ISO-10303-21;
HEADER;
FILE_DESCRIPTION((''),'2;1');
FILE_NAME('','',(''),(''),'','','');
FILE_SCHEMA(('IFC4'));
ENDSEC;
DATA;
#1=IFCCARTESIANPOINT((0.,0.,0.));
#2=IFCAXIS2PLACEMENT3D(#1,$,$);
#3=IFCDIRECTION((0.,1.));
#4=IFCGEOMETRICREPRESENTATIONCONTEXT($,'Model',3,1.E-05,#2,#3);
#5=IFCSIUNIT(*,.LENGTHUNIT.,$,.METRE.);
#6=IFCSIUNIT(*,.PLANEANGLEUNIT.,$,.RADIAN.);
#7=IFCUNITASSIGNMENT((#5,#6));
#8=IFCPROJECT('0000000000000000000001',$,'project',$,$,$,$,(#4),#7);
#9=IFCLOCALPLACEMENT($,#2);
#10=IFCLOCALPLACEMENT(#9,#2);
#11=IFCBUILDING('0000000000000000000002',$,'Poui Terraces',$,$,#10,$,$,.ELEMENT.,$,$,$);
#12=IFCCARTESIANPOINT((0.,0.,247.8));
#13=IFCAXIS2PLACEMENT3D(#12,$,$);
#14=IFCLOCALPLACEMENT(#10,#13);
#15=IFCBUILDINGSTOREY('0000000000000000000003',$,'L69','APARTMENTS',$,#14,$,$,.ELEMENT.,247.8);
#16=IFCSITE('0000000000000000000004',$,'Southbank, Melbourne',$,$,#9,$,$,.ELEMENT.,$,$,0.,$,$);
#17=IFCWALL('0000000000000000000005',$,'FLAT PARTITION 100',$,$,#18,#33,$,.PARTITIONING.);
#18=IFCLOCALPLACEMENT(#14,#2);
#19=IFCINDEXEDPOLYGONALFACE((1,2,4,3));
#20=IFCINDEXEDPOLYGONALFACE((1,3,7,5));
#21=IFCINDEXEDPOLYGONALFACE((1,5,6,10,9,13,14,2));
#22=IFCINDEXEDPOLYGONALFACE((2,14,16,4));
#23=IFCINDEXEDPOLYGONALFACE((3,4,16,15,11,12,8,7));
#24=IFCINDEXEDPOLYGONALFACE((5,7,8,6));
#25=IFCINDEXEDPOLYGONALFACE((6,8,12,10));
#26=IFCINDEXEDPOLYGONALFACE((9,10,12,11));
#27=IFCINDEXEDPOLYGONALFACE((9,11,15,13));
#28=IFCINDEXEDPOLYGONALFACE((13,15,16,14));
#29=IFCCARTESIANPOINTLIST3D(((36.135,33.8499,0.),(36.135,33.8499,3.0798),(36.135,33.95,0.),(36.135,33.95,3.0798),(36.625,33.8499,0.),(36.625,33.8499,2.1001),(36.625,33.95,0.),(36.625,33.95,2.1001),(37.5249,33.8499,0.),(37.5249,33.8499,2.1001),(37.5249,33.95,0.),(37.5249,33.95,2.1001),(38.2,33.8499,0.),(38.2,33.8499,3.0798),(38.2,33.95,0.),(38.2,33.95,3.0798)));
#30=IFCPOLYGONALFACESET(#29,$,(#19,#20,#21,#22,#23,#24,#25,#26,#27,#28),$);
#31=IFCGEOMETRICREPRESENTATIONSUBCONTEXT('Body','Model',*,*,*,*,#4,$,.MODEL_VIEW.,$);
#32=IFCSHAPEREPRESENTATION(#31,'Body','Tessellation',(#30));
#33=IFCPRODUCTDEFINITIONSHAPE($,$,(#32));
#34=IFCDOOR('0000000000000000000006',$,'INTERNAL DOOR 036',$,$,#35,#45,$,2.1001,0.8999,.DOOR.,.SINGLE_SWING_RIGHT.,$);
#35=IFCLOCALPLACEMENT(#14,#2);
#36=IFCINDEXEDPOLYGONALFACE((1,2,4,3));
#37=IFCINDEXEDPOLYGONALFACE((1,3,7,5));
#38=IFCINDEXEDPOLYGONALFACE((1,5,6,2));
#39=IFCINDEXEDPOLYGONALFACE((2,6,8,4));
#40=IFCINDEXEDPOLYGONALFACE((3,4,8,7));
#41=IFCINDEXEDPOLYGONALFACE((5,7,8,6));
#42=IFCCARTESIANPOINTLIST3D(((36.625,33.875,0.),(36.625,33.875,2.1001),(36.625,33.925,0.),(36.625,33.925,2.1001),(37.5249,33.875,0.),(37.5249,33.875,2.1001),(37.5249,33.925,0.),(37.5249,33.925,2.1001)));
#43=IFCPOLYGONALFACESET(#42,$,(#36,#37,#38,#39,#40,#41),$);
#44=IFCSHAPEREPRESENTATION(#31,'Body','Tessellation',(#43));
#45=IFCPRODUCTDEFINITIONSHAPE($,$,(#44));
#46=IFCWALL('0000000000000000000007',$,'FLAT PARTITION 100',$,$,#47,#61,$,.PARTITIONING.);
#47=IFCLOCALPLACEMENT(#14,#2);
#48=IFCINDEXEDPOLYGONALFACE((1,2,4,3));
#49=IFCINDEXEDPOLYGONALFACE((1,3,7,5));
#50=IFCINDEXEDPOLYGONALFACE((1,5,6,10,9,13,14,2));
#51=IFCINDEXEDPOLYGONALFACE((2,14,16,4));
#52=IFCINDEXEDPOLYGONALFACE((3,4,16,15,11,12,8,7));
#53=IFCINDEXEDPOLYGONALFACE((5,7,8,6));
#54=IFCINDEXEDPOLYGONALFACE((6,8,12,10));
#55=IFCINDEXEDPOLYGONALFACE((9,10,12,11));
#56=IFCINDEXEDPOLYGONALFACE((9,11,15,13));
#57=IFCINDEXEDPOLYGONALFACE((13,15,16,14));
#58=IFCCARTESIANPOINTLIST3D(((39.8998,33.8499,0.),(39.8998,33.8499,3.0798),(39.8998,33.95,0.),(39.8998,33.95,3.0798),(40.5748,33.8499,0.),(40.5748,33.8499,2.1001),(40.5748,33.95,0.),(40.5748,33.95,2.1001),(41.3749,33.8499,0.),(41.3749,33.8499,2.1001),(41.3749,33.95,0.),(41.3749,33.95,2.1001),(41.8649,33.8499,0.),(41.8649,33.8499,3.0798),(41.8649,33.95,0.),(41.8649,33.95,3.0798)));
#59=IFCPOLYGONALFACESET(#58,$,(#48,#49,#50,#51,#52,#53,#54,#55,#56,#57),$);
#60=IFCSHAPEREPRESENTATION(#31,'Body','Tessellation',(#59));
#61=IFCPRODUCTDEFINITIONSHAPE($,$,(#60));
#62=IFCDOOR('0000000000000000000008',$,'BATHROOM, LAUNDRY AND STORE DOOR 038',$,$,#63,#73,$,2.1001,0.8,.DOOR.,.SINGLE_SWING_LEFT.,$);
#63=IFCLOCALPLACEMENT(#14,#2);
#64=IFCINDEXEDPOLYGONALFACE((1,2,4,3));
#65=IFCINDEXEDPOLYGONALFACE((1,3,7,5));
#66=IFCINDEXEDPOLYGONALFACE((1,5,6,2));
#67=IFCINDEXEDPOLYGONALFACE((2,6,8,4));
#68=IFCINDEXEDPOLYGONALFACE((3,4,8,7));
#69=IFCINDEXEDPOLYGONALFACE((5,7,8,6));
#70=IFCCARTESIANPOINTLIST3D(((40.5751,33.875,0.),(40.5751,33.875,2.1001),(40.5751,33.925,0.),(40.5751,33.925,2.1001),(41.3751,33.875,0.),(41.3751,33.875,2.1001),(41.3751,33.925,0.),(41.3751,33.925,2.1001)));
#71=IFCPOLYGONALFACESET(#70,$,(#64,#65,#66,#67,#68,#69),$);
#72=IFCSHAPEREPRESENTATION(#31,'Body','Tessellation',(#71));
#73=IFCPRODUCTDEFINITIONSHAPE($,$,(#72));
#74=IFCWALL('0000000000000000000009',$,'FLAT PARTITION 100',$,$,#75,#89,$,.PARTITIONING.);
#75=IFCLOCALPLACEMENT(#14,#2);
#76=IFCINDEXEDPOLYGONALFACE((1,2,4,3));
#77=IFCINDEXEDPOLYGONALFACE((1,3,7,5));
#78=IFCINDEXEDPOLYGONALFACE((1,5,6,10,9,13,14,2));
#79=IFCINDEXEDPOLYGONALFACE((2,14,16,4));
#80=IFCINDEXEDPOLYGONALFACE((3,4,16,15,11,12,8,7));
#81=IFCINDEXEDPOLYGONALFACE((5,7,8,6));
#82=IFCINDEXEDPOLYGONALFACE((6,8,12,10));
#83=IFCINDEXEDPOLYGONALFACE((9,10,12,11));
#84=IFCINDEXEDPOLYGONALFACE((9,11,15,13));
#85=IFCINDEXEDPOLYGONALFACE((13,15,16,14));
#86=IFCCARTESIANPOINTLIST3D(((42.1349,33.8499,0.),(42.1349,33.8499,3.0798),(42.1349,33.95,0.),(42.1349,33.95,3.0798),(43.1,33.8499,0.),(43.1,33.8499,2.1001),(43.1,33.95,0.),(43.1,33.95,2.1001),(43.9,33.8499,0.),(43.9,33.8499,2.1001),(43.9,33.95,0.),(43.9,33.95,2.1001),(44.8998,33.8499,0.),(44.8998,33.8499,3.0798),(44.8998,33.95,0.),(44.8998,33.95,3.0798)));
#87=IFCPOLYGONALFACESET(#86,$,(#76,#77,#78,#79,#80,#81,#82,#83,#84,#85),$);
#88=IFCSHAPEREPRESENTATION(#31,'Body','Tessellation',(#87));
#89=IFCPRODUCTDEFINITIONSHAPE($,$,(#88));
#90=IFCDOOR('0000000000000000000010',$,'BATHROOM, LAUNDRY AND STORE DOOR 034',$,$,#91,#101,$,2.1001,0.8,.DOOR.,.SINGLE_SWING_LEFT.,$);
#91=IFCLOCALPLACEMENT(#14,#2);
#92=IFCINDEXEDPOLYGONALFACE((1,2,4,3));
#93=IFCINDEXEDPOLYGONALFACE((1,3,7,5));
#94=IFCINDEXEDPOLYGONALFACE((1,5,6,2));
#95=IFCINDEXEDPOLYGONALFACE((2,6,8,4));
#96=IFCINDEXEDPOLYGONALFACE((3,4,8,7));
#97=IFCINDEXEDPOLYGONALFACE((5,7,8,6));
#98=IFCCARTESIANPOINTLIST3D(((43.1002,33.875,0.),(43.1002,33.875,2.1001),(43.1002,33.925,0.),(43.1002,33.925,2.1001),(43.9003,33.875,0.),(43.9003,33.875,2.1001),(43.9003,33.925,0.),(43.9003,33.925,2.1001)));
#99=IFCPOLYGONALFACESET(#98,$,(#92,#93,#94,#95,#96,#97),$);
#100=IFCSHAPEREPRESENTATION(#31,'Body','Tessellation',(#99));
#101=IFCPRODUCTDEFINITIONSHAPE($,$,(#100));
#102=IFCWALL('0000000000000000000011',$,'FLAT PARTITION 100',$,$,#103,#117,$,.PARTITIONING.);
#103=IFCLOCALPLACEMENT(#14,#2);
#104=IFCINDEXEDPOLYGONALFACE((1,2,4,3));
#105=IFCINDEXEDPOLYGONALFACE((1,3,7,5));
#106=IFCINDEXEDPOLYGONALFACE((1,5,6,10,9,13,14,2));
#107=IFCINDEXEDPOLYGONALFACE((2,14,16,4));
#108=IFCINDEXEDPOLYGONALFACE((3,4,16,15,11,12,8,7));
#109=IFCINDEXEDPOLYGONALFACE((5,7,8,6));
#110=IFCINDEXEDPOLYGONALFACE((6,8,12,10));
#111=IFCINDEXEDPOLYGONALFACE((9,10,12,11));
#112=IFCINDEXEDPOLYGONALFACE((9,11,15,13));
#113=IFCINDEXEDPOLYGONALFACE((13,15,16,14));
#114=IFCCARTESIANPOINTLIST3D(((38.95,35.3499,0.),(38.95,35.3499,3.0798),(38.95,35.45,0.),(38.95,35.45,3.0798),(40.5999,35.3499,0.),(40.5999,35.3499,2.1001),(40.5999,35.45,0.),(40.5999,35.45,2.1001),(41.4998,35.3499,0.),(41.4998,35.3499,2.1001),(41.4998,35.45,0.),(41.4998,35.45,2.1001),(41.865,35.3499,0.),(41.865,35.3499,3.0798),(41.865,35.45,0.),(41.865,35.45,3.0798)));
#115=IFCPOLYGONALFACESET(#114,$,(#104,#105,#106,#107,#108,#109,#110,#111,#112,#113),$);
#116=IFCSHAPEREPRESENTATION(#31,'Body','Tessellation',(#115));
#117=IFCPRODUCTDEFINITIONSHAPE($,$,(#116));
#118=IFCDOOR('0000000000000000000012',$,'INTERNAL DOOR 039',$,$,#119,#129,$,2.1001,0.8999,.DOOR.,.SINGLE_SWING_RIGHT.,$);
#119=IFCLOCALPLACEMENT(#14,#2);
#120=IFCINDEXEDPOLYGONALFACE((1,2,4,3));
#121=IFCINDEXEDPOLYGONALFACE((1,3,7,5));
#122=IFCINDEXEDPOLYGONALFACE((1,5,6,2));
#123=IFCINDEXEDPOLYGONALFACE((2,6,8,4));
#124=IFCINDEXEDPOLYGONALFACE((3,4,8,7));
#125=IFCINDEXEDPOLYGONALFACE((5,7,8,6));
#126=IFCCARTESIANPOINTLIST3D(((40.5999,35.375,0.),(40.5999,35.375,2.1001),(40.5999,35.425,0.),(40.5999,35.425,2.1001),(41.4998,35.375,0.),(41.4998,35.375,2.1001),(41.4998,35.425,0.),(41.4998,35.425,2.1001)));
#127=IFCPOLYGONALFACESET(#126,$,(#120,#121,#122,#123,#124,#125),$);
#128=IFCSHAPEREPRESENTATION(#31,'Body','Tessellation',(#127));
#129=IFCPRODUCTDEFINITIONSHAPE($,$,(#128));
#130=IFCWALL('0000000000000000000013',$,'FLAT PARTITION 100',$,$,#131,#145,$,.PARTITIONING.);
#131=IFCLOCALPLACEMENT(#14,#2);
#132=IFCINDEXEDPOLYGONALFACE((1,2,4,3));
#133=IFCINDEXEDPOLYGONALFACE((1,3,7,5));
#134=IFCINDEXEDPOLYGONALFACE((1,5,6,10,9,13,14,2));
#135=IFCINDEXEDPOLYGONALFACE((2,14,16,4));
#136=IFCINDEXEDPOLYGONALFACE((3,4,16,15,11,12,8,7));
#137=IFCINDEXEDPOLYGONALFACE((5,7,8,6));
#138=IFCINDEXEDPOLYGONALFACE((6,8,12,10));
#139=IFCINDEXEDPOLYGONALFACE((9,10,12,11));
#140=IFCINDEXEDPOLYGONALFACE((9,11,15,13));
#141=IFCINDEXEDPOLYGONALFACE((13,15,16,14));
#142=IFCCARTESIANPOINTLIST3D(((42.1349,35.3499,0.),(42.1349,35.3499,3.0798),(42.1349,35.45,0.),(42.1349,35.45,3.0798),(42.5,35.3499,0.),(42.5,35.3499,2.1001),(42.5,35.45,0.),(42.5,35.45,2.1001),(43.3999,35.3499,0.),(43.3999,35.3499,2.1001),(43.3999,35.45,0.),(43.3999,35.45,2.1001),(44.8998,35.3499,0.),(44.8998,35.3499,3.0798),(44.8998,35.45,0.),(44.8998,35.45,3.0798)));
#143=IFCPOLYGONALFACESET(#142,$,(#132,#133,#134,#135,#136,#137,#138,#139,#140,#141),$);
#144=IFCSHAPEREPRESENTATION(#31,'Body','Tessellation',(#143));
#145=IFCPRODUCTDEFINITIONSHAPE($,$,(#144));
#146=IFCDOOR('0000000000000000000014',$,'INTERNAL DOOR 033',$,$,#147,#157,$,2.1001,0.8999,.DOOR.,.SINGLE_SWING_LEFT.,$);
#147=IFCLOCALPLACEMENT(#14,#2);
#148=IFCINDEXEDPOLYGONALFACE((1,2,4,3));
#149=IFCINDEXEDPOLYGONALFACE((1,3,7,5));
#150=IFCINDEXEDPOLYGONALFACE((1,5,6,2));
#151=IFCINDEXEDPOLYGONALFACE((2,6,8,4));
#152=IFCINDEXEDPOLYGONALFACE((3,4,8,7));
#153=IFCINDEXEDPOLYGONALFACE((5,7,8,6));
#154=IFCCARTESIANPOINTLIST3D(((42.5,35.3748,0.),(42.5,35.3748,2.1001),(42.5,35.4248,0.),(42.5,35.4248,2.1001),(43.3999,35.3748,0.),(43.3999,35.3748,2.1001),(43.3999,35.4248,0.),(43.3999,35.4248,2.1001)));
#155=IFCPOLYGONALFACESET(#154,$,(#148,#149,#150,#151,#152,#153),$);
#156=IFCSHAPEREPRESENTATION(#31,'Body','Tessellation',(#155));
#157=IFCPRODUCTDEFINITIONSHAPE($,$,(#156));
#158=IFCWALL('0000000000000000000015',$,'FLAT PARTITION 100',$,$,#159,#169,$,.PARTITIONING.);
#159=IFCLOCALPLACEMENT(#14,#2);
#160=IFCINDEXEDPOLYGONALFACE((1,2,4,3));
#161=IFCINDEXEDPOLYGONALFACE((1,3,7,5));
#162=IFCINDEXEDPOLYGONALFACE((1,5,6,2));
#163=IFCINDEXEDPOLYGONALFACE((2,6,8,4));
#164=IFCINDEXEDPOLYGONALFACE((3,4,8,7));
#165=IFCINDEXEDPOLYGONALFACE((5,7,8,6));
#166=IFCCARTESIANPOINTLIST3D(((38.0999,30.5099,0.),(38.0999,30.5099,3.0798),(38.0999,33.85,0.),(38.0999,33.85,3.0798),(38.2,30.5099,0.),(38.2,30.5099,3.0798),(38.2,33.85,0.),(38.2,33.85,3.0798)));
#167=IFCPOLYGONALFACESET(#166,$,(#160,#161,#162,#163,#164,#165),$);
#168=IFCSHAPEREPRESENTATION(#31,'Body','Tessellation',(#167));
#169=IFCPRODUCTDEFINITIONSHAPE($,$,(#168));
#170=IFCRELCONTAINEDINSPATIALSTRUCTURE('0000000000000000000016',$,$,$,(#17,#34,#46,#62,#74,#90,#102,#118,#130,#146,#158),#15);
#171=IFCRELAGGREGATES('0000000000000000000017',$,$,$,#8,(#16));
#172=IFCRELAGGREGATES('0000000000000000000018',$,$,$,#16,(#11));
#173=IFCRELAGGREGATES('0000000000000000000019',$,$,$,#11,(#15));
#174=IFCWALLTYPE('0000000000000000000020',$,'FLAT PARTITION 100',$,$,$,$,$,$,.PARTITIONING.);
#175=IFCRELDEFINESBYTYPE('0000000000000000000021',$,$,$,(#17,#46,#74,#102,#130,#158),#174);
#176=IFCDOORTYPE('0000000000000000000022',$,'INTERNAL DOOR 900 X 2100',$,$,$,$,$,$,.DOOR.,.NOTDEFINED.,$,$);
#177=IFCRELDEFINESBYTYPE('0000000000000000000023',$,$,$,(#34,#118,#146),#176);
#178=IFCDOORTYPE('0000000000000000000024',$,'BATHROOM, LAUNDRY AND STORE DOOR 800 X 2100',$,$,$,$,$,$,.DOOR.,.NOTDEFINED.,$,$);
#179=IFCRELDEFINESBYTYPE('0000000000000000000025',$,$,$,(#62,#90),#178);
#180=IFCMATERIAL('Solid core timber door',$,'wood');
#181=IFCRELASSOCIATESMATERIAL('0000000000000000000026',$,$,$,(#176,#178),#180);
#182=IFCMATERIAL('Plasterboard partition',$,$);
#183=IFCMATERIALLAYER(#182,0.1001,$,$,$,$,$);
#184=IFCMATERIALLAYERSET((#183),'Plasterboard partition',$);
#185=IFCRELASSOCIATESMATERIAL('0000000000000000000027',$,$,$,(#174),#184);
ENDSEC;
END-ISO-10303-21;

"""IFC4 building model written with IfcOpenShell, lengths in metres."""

from ifc_helpers import new_model, si_unit, direction, frame, frame_2d, origin, place, context, subcontext, project, spatial, rectangle, extrude, material, layer, layer_set, type_object, element, fill, save


model = new_model("IFC4")

# Units and contexts
model_context = context("Model", 3, precision=1e-05, world=origin(), true_north=direction((0.0, 1.0)))
body_context = subcontext(model_context, "Body", "Model", "MODEL_VIEW")
ifc_project = project(units=[si_unit("LENGTHUNIT", "METRE"), si_unit("PLANEANGLEUNIT", "RADIAN")], contexts=[model_context])

# Site, building, storey
site_placement = place(None, origin())
site = spatial("IfcSite", under=ifc_project, at=site_placement, Name="Southbank, Melbourne", CompositionType="ELEMENT", RefElevation=0.0)
building_placement = place(site_placement, origin())
building = spatial("IfcBuilding", under=site, at=building_placement, Name="Poui Terraces", CompositionType="ELEMENT")
storey_placement = place(building_placement, frame((0.0, 0.0, 247.8)))
storey = spatial("IfcBuildingStorey", under=building, at=storey_placement, Name="L69", Description="APARTMENTS", CompositionType="ELEMENT", Elevation=247.8)

# Shared definitions
ifc_material_1 = material(Name="Solid core timber door", Category="wood")
door_type_1 = type_object("IfcDoorType", Name="INTERNAL DOOR 900 X 2100", OperationType="NOTDEFINED", PredefinedType="DOOR", material=ifc_material_1)
ifc_material_2 = material(Name="Plasterboard partition")
ifc_layer_1 = layer(ifc_material_2, 0.1001)
ifc_layer_set_1 = layer_set([ifc_layer_1], Name="Plasterboard partition")
wall_type_1 = type_object("IfcWallType", Name="FLAT PARTITION 100", PredefinedType="PARTITIONING", material=ifc_layer_set_1)
door_type_2 = type_object("IfcDoorType", Name="BATHROOM, LAUNDRY AND STORE DOOR 800 X 2100", OperationType="NOTDEFINED", PredefinedType="DOOR", material=ifc_material_1)

# Walls, openings, doors
wall_1_placement = place(storey_placement, frame((36.135, 33.8999, 0.0), z_axis=(0.0, 0.0, 1.0), x_axis=(1.0, 0.0, 0.0)))
wall_1 = element("IfcWall", 1, at=wall_1_placement, inside=storey, type_object=wall_type_1, Name="FLAT PARTITION 100", PredefinedType="PARTITIONING", context=body_context, shape_type="SweptSolid", body=[
    extrude(rectangle(XDim=2.0649, YDim=0.1001, at=frame_2d((1.0325, 0.0))), origin(), (0.0, 0.0, 1.0), 3.0798),
])
opening_1_placement = place(wall_1_placement, frame((0.49, 0.0, 0.0)))
opening_1 = element("IfcOpeningElement", 2, at=opening_1_placement, cuts=wall_1, PredefinedType="OPENING", context=body_context, shape_type="SweptSolid", body=[
    extrude(rectangle(XDim=0.8999, YDim=2.1001, at=frame_2d((0.45, 1.05))), frame((0.0, 0.0601, 0.0), z_axis=(0.0, -1.0, 0.0), x_axis=(1.0, 0.0, 0.0)), (0.0, 0.0, 1.0), 0.1201),
])
door_1_placement = place(opening_1_placement, frame((0.8999, 0.0, 0.0), z_axis=(0.0, 0.0, 1.0), x_axis=(-1.0, 0.0, 0.0)))
door_1 = element("IfcDoor", 3, at=door_1_placement, inside=storey, type_object=door_type_1, Name="INTERNAL DOOR 036", OperationType="SINGLE_SWING_RIGHT", OverallHeight=2.1001, OverallWidth=0.8999, PredefinedType="DOOR", context=body_context, shape_type="SweptSolid", body=[
    extrude(rectangle(XDim=0.8999, YDim=2.1001, at=frame_2d((0.45, 1.05))), frame((0.0, 0.0249, 0.0), z_axis=(0.0, -1.0, 0.0), x_axis=(1.0, 0.0, 0.0)), (0.0, 0.0, 1.0), 0.05),
])
fill(opening_1, door_1)
wall_2_placement = place(storey_placement, frame((39.8999, 33.8999, 0.0), z_axis=(0.0, 0.0, 1.0), x_axis=(1.0, 0.0, 0.0)))
wall_2 = element("IfcWall", 4, at=wall_2_placement, inside=storey, type_object=wall_type_1, Name="FLAT PARTITION 100", PredefinedType="PARTITIONING", context=body_context, shape_type="SweptSolid", body=[
    extrude(rectangle(XDim=1.9651, YDim=0.1001, at=frame_2d((0.9824, 0.0))), origin(), (0.0, 0.0, 1.0), 3.0798),
])
opening_2_placement = place(wall_2_placement, frame((0.675, 0.0, 0.0)))
opening_2 = element("IfcOpeningElement", 5, at=opening_2_placement, cuts=wall_2, PredefinedType="OPENING", context=body_context, shape_type="SweptSolid", body=[
    extrude(rectangle(XDim=0.8, YDim=2.1001, at=frame_2d((0.3999, 1.05))), frame((0.0, 0.0601, 0.0), z_axis=(0.0, -1.0, 0.0), x_axis=(1.0, 0.0, 0.0)), (0.0, 0.0, 1.0), 0.1201),
])
door_2_placement = place(opening_2_placement, frame((0.8, 0.0, 0.0), z_axis=(0.0, 0.0, 1.0), x_axis=(-1.0, 0.0, 0.0)))
door_2 = element("IfcDoor", 6, at=door_2_placement, inside=storey, type_object=door_type_2, Name="BATHROOM, LAUNDRY AND STORE DOOR 038", OperationType="SINGLE_SWING_LEFT", OverallHeight=2.1001, OverallWidth=0.8, PredefinedType="DOOR", context=body_context, shape_type="SweptSolid", body=[
    extrude(rectangle(XDim=0.8, YDim=2.1001, at=frame_2d((0.3999, 1.05))), frame((0.0, 0.0249, 0.0), z_axis=(0.0, -1.0, 0.0), x_axis=(1.0, 0.0, 0.0)), (0.0, 0.0, 1.0), 0.05),
])
fill(opening_2, door_2)
wall_3_placement = place(storey_placement, frame((42.135, 33.8999, 0.0), z_axis=(0.0, 0.0, 1.0), x_axis=(1.0, 0.0, 0.0)))
wall_3 = element("IfcWall", 7, at=wall_3_placement, inside=storey, type_object=wall_type_1, Name="FLAT PARTITION 100", PredefinedType="PARTITIONING", context=body_context, shape_type="SweptSolid", body=[
    extrude(rectangle(XDim=2.7649, YDim=0.1001, at=frame_2d((1.3823, 0.0))), origin(), (0.0, 0.0, 1.0), 3.0798),
])
opening_3_placement = place(wall_3_placement, frame((0.9651, 0.0, 0.0)))
opening_3 = element("IfcOpeningElement", 8, at=opening_3_placement, cuts=wall_3, PredefinedType="OPENING", context=body_context, shape_type="SweptSolid", body=[
    extrude(rectangle(XDim=0.8, YDim=2.1001, at=frame_2d((0.3999, 1.05))), frame((0.0, 0.0601, 0.0), z_axis=(0.0, -1.0, 0.0), x_axis=(1.0, 0.0, 0.0)), (0.0, 0.0, 1.0), 0.1201),
])
door_3_placement = place(opening_3_placement, frame((0.8, 0.0, 0.0), z_axis=(0.0, 0.0, 1.0), x_axis=(-1.0, 0.0, 0.0)))
door_3 = element("IfcDoor", 9, at=door_3_placement, inside=storey, type_object=door_type_2, Name="BATHROOM, LAUNDRY AND STORE DOOR 034", OperationType="SINGLE_SWING_LEFT", OverallHeight=2.1001, OverallWidth=0.8, PredefinedType="DOOR", context=body_context, shape_type="SweptSolid", body=[
    extrude(rectangle(XDim=0.8, YDim=2.1001, at=frame_2d((0.3999, 1.05))), frame((0.0, 0.0249, 0.0), z_axis=(0.0, -1.0, 0.0), x_axis=(1.0, 0.0, 0.0)), (0.0, 0.0, 1.0), 0.05),
])
fill(opening_3, door_3)
wall_4_placement = place(storey_placement, frame((38.95, 35.3999, 0.0), z_axis=(0.0, 0.0, 1.0), x_axis=(1.0, 0.0, 0.0)))
wall_4 = element("IfcWall", 10, at=wall_4_placement, inside=storey, type_object=wall_type_1, Name="FLAT PARTITION 100", PredefinedType="PARTITIONING", context=body_context, shape_type="SweptSolid", body=[
    extrude(rectangle(XDim=2.915, YDim=0.1001, at=frame_2d((1.4575, 0.0))), origin(), (0.0, 0.0, 1.0), 3.0798),
])
opening_4_placement = place(wall_4_placement, frame((1.6499, 0.0, 0.0)))
opening_4 = element("IfcOpeningElement", 11, at=opening_4_placement, cuts=wall_4, PredefinedType="OPENING", context=body_context, shape_type="SweptSolid", body=[
    extrude(rectangle(XDim=0.8999, YDim=2.1001, at=frame_2d((0.45, 1.05))), frame((0.0, 0.0601, 0.0), z_axis=(0.0, -1.0, 0.0), x_axis=(1.0, 0.0, 0.0)), (0.0, 0.0, 1.0), 0.1201),
])
door_4_placement = place(opening_4_placement, frame((0.8999, 0.0, 0.0), z_axis=(0.0, 0.0, 1.0), x_axis=(-1.0, 0.0, 0.0)))
door_4 = element("IfcDoor", 12, at=door_4_placement, inside=storey, type_object=door_type_1, Name="INTERNAL DOOR 039", OperationType="SINGLE_SWING_RIGHT", OverallHeight=2.1001, OverallWidth=0.8999, PredefinedType="DOOR", context=body_context, shape_type="SweptSolid", body=[
    extrude(rectangle(XDim=0.8999, YDim=2.1001, at=frame_2d((0.45, 1.05))), frame((0.0, 0.0249, 0.0), z_axis=(0.0, -1.0, 0.0), x_axis=(1.0, 0.0, 0.0)), (0.0, 0.0, 1.0), 0.05),
])
fill(opening_4, door_4)
wall_5_placement = place(storey_placement, frame((42.135, 35.3999, 0.0), z_axis=(0.0, 0.0, 1.0), x_axis=(1.0, 0.0, 0.0)))
wall_5 = element("IfcWall", 13, at=wall_5_placement, inside=storey, type_object=wall_type_1, Name="FLAT PARTITION 100", PredefinedType="PARTITIONING", context=body_context, shape_type="SweptSolid", body=[
    extrude(rectangle(XDim=2.7649, YDim=0.1001, at=frame_2d((1.3823, 0.0))), origin(), (0.0, 0.0, 1.0), 3.0798),
])
opening_5_placement = place(wall_5_placement, frame((0.365, 0.0, 0.0)))
opening_5 = element("IfcOpeningElement", 14, at=opening_5_placement, cuts=wall_5, PredefinedType="OPENING", context=body_context, shape_type="SweptSolid", body=[
    extrude(rectangle(XDim=0.8999, YDim=2.1001, at=frame_2d((0.45, 1.05))), frame((0.0, 0.0601, 0.0), z_axis=(0.0, -1.0, 0.0), x_axis=(1.0, 0.0, 0.0)), (0.0, 0.0, 1.0), 0.1201),
])
door_5_placement = place(opening_5_placement, origin())
door_5 = element("IfcDoor", 15, at=door_5_placement, inside=storey, type_object=door_type_1, Name="INTERNAL DOOR 033", OperationType="SINGLE_SWING_LEFT", OverallHeight=2.1001, OverallWidth=0.8999, PredefinedType="DOOR", context=body_context, shape_type="SweptSolid", body=[
    extrude(rectangle(XDim=0.8999, YDim=2.1001, at=frame_2d((0.45, 1.05))), frame((0.0, 0.0249, 0.0), z_axis=(0.0, -1.0, 0.0), x_axis=(1.0, 0.0, 0.0)), (0.0, 0.0, 1.0), 0.05),
])
fill(opening_5, door_5)

# Wall
wall_6_placement = place(storey_placement, frame((38.1499, 30.51, 0.0), z_axis=(0.0, 0.0, 1.0), x_axis=(0.0, 1.0, 0.0)))
element("IfcWall", 16, at=wall_6_placement, inside=storey, type_object=wall_type_1, Name="FLAT PARTITION 100", PredefinedType="PARTITIONING", context=body_context, shape_type="SweptSolid", body=[
    extrude(rectangle(XDim=3.3401, YDim=0.1001, at=frame_2d((1.6699, 0.0))), origin(), (0.0, 0.0, 1.0), 3.0798),
])

save(model, "model.ifc")
